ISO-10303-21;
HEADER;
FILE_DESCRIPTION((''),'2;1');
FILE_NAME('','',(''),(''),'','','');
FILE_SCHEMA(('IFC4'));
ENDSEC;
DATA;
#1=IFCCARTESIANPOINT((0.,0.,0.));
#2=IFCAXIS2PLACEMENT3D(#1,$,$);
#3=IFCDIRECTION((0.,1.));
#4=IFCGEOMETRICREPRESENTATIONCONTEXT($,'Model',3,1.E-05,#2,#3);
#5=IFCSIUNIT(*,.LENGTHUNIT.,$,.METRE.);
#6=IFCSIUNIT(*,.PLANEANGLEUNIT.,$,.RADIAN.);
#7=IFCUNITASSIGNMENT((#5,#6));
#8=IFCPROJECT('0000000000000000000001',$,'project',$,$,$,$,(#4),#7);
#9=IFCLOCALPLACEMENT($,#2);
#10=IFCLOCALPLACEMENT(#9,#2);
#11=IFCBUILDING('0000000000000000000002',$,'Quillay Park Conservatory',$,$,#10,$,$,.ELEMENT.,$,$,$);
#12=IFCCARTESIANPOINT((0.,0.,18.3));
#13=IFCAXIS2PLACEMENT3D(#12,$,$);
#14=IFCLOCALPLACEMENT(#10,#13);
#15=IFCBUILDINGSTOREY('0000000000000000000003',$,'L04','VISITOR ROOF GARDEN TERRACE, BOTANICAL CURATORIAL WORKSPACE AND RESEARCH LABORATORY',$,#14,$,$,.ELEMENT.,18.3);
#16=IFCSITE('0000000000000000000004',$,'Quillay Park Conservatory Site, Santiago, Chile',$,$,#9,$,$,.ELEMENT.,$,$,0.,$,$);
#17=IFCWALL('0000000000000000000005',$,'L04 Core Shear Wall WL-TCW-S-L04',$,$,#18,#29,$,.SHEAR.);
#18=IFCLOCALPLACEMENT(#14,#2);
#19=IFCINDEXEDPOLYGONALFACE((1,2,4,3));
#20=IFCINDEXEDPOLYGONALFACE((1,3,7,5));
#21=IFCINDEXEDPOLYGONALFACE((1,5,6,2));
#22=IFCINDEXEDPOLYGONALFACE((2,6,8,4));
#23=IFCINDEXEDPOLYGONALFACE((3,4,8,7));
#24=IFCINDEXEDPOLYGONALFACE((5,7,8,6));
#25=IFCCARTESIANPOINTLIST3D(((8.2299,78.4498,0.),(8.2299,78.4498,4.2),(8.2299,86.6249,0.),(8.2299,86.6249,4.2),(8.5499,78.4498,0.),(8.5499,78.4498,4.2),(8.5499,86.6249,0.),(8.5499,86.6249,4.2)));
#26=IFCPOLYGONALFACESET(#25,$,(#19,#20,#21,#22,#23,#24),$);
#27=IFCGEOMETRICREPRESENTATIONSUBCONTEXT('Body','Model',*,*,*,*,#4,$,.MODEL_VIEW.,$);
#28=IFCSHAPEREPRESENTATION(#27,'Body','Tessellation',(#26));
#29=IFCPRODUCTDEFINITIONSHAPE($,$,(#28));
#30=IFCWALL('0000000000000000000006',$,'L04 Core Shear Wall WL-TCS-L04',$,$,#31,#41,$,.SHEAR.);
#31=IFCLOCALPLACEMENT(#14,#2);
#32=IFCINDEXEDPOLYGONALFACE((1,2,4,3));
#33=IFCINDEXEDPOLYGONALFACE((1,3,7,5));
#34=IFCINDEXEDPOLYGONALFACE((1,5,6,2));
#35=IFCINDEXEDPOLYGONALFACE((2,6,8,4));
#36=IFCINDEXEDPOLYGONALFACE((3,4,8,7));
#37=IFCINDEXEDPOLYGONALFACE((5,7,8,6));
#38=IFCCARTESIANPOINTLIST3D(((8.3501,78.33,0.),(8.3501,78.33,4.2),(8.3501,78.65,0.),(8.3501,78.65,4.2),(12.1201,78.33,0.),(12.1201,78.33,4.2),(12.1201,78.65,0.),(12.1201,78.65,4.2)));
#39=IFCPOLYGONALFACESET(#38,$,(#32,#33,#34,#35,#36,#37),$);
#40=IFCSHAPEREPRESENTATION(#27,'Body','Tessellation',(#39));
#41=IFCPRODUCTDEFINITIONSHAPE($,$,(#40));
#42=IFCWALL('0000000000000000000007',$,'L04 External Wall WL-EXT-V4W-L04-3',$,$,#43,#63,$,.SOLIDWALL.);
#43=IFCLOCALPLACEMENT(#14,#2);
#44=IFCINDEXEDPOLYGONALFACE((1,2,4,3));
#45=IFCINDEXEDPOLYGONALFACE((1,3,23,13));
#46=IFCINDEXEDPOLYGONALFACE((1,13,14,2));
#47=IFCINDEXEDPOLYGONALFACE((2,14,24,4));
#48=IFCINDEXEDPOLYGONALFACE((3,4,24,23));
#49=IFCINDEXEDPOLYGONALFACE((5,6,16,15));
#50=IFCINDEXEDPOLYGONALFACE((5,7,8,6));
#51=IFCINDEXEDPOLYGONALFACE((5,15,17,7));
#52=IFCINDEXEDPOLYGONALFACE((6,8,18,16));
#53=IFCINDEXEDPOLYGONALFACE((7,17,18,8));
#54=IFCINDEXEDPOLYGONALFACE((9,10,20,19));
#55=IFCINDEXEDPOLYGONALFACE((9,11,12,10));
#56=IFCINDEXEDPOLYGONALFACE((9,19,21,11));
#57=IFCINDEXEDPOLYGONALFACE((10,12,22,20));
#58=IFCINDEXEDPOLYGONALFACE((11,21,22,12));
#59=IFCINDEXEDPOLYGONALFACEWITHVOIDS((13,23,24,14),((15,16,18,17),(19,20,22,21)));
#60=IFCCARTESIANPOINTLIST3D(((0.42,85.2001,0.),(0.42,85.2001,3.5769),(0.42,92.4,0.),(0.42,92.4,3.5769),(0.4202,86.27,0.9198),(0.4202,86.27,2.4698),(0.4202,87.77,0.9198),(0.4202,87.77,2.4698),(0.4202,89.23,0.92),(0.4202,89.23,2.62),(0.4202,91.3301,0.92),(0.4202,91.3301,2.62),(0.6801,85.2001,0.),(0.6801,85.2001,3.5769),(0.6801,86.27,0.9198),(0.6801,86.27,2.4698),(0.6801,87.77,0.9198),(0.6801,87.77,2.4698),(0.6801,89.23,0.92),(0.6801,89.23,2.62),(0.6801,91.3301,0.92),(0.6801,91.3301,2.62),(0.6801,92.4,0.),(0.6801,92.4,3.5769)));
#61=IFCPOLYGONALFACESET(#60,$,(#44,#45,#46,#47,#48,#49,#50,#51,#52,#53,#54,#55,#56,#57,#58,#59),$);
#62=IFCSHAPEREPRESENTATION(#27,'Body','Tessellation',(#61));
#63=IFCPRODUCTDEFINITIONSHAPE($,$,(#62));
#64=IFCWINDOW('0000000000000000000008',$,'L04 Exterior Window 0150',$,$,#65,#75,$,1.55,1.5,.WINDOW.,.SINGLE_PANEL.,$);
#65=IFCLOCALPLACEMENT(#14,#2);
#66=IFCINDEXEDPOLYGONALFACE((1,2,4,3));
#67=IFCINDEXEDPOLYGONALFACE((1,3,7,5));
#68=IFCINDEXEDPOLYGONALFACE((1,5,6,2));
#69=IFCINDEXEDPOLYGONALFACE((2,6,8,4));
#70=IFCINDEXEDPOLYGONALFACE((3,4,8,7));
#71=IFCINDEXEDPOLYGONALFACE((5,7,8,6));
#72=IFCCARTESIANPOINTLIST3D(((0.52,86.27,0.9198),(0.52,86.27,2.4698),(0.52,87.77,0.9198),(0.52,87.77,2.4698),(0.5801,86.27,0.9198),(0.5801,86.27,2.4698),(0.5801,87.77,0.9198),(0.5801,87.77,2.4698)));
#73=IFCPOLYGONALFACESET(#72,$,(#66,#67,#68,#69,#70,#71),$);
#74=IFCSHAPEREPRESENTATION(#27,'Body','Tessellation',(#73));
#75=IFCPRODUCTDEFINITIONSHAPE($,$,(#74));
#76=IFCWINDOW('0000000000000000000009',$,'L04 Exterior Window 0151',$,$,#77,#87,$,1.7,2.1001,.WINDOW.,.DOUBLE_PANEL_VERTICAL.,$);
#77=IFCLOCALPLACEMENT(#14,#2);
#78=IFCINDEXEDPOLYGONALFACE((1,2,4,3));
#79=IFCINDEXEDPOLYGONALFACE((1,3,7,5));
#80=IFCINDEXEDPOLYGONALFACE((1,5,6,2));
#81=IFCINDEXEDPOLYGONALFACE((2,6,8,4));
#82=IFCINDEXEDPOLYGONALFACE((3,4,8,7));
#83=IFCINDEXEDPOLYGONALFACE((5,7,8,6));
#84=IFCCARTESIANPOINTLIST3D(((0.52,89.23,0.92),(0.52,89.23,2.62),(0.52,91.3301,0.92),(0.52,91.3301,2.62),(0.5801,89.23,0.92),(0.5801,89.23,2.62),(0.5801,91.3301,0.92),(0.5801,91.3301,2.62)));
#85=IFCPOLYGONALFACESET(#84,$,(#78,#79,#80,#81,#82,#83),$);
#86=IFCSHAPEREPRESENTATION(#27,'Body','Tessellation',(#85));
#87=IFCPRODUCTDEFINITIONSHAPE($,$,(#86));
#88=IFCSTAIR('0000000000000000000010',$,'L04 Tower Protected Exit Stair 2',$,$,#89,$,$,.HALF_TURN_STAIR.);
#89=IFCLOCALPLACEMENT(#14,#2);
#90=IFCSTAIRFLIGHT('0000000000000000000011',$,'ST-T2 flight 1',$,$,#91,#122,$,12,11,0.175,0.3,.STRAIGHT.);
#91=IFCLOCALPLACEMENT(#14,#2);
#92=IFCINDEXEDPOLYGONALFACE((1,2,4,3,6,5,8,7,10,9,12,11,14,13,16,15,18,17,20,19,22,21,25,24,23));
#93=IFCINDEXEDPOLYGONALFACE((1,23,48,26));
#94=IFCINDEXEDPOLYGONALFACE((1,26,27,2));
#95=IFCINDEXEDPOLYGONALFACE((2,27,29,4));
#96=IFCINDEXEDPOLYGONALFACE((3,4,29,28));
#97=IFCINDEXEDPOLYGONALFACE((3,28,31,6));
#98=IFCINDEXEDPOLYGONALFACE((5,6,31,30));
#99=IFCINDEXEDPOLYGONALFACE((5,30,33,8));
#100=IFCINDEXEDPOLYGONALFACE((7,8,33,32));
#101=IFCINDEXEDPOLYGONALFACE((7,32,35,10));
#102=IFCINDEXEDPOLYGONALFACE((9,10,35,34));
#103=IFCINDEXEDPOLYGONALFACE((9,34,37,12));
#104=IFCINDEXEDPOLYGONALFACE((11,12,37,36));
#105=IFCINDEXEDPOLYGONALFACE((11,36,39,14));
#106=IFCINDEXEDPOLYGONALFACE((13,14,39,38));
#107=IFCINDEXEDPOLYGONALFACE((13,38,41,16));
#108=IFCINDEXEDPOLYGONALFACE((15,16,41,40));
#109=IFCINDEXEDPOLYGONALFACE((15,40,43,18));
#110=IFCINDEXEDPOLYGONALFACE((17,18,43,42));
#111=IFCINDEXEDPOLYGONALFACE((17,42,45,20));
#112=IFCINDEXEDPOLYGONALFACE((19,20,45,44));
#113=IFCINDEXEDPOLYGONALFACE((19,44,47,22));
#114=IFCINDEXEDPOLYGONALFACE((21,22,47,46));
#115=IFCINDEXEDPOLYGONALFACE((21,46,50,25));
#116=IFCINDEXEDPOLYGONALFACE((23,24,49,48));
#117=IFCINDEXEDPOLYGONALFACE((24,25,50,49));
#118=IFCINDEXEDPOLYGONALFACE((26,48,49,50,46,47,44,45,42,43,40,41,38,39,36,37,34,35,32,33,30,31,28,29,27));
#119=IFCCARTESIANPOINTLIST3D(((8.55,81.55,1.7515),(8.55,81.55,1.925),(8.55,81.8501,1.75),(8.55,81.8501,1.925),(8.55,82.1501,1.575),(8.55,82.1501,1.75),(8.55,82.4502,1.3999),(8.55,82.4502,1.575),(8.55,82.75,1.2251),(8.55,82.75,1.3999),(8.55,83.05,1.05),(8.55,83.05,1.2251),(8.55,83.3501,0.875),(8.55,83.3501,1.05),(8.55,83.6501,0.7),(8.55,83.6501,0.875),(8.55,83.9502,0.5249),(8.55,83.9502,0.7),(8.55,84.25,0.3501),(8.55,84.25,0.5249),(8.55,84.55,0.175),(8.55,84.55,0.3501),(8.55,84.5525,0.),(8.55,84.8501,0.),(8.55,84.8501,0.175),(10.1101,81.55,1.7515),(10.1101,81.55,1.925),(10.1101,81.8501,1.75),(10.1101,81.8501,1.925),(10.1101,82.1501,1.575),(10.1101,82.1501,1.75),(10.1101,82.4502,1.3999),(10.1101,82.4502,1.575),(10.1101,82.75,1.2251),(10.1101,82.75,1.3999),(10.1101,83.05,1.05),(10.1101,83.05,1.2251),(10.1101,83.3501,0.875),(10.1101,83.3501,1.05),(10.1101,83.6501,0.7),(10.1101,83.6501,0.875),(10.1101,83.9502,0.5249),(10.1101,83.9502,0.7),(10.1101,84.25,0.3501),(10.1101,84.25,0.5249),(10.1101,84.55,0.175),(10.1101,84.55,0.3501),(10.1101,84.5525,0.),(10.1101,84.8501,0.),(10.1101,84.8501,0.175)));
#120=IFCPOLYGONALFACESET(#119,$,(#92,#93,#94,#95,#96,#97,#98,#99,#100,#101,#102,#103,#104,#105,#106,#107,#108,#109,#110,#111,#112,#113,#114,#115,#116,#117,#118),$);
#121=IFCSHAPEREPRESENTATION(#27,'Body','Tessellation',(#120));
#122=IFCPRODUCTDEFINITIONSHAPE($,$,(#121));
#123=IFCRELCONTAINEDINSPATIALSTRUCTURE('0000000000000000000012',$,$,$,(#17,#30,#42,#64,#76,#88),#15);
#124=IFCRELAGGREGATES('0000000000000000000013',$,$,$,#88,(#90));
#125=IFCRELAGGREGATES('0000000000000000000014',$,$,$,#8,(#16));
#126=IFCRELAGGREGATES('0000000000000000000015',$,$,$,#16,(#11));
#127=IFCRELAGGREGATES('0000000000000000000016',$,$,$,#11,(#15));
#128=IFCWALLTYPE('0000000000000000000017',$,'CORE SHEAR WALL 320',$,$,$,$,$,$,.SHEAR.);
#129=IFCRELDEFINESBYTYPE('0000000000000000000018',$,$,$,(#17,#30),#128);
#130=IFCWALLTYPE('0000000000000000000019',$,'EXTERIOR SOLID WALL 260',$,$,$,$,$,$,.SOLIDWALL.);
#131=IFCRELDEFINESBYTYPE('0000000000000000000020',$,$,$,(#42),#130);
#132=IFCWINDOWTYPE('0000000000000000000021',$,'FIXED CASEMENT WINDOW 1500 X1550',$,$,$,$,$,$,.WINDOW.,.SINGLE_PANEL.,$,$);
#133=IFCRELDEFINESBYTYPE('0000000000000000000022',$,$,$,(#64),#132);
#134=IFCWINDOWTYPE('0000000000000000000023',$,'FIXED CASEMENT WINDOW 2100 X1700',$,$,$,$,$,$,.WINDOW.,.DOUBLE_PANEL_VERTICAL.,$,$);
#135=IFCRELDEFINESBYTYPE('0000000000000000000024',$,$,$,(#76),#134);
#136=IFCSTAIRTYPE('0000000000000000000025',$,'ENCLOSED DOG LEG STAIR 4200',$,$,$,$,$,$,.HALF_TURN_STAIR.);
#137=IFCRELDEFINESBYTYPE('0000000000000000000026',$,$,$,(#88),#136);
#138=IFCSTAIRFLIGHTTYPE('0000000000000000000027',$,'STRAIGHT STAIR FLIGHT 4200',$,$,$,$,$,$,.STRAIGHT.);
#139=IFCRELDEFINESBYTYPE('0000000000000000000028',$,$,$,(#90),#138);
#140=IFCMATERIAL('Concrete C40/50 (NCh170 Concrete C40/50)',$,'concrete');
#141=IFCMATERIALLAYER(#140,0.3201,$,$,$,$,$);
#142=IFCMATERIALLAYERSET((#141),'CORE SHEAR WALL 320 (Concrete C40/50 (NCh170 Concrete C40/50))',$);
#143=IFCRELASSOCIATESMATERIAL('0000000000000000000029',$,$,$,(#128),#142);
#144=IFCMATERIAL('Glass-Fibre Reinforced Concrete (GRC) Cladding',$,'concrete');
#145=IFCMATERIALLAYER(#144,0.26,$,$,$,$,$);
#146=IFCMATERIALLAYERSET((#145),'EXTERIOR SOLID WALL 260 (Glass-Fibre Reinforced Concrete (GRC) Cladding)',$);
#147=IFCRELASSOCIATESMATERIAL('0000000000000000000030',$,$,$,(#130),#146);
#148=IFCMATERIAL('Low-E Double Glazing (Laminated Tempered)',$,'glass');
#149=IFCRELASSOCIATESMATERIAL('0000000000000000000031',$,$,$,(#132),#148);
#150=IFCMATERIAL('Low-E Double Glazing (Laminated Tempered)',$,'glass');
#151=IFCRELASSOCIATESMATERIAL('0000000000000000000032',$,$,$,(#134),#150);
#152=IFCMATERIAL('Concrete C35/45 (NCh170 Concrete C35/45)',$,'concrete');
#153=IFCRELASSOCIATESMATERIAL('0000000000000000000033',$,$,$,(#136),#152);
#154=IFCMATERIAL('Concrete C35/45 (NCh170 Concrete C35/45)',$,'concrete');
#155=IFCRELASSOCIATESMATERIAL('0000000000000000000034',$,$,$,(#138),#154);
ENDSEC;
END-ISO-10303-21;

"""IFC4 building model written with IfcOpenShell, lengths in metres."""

from ifc_helpers import new_model, si_unit, direction, frame, frame_2d, origin, place, context, subcontext, project, spatial, polyline, rectangle, outline, extrude, material, layer, layer_set, type_object, element, fill, aggregate, save


model = new_model("IFC4")

# Units and contexts
model_context = context("Model", 3, precision=1e-05, world=origin(), true_north=direction((0.0, 1.0)))
body_context = subcontext(model_context, "Body", "Model", "MODEL_VIEW")
ifc_project = project(units=[si_unit("LENGTHUNIT", "METRE"), si_unit("PLANEANGLEUNIT", "RADIAN")], contexts=[model_context])

# Site, building, storey
site_placement = place(None, origin())
site = spatial("IfcSite", under=ifc_project, at=site_placement, Name="Quillay Park Conservatory Site, Santiago, Chile", CompositionType="ELEMENT", RefElevation=0.0)
building_placement = place(site_placement, origin())
building = spatial("IfcBuilding", under=site, at=building_placement, Name="Quillay Park Conservatory", CompositionType="ELEMENT")
storey_placement = place(building_placement, frame((0.0, 0.0, 18.3)))
storey = spatial("IfcBuildingStorey", under=building, at=storey_placement, Name="L04", Description="VISITOR ROOF GARDEN TERRACE, BOTANICAL CURATORIAL WORKSPACE AND RESEARCH LABORATORY", CompositionType="ELEMENT", Elevation=18.3)

# Walls
ifc_material_1 = material(Name="Concrete C40/50 (NCh170 Concrete C40/50)", Category="concrete")
ifc_layer_1 = layer(ifc_material_1, 0.3201)
ifc_layer_set_1 = layer_set([ifc_layer_1], Name="CORE SHEAR WALL 320 (Concrete C40/50 (NCh170 Concrete C40/50))")
wall_type_1 = type_object("IfcWallType", Name="CORE SHEAR WALL 320", PredefinedType="SHEAR", material=ifc_layer_set_1)
wall_1_placement = place(storey_placement, frame((8.3899, 78.45, 0.0), z_axis=(0.0, 0.0, 1.0), x_axis=(0.0, 1.0, 0.0)))
element("IfcWall", 1, at=wall_1_placement, inside=storey, type_object=wall_type_1, Name="L04 Core Shear Wall WL-TCW-S-L04", PredefinedType="SHEAR", context=body_context, shape_type="SweptSolid", body=[
    extrude(rectangle(XDim=8.175, YDim=0.3201, at=frame_2d((4.0874, 0.0))), origin(), (0.0, 0.0, 1.0), 4.2),
])
wall_2_placement = place(storey_placement, frame((8.3501, 78.49, 0.0), z_axis=(0.0, 0.0, 1.0), x_axis=(1.0, 0.0, 0.0)))
element("IfcWall", 2, at=wall_2_placement, inside=storey, type_object=wall_type_1, Name="L04 Core Shear Wall WL-TCS-L04", PredefinedType="SHEAR", context=body_context, shape_type="SweptSolid", body=[
    extrude(rectangle(XDim=3.77, YDim=0.3201, at=frame_2d((1.885, 0.0))), origin(), (0.0, 0.0, 1.0), 4.2),
])

# Wall, openings, windows
ifc_material_2 = material(Name="Glass-Fibre Reinforced Concrete (GRC) Cladding", Category="concrete")
ifc_layer_2 = layer(ifc_material_2, 0.26)
ifc_layer_set_2 = layer_set([ifc_layer_2], Name="EXTERIOR SOLID WALL 260 (Glass-Fibre Reinforced Concrete (GRC) Cladding)")
wall_type_2 = type_object("IfcWallType", Name="EXTERIOR SOLID WALL 260", PredefinedType="SOLIDWALL", material=ifc_layer_set_2)
wall_3_placement = place(storey_placement, frame((0.55, 85.2, 0.0), z_axis=(0.0, 0.0, 1.0), x_axis=(0.0, 1.0, 0.0)))
wall_3 = element("IfcWall", 3, at=wall_3_placement, inside=storey, type_object=wall_type_2, Name="L04 External Wall WL-EXT-V4W-L04-3", PredefinedType="SOLIDWALL", context=body_context, shape_type="SweptSolid", body=[
    extrude(rectangle(XDim=7.2, YDim=0.26, at=frame_2d((3.6001, 0.0))), origin(), (0.0, 0.0, 1.0), 3.5769),
])
opening_1_placement = place(wall_3_placement, frame((1.0701, 0.0, 0.9199)))
opening_1 = element("IfcOpeningElement", 4, at=opening_1_placement, cuts=wall_3, PredefinedType="OPENING", context=body_context, shape_type="SweptSolid", body=[
    extrude(rectangle(XDim=1.5, YDim=1.55, at=frame_2d((0.75, 0.7749))), frame((0.0, 0.1299, 0.0), z_axis=(0.0, -1.0, 0.0), x_axis=(1.0, 0.0, 0.0)), (0.0, 0.0, 1.0), 0.26),
])
opening_2_placement = place(wall_3_placement, frame((4.03, 0.0, 0.9199)))
opening_2 = element("IfcOpeningElement", 5, at=opening_2_placement, cuts=wall_3, PredefinedType="OPENING", context=body_context, shape_type="SweptSolid", body=[
    extrude(rectangle(XDim=2.1001, YDim=1.7, at=frame_2d((1.05, 0.8501))), frame((0.0, 0.1299, 0.0), z_axis=(0.0, -1.0, 0.0), x_axis=(1.0, 0.0, 0.0)), (0.0, 0.0, 1.0), 0.26),
])
ifc_material_3 = material(Name="Low-E Double Glazing (Laminated Tempered)", Category="glass")
window_type_1 = type_object("IfcWindowType", Name="FIXED CASEMENT WINDOW 1500 X1550", PartitioningType="SINGLE_PANEL", PredefinedType="WINDOW", material=ifc_material_3)
window_1_placement = place(opening_1_placement, origin())
window_1 = element("IfcWindow", 6, at=window_1_placement, inside=storey, type_object=window_type_1, Name="L04 Exterior Window 0150", OverallHeight=1.55, OverallWidth=1.5, PartitioningType="SINGLE_PANEL", PredefinedType="WINDOW", context=body_context, shape_type="SweptSolid", body=[
    extrude(rectangle(XDim=1.5, YDim=1.55, at=frame_2d((0.75, 0.7749))), frame((0.0, 0.03, 0.0), z_axis=(0.0, -1.0, 0.0), x_axis=(1.0, 0.0, 0.0)), (0.0, 0.0, 1.0), 0.0601),
])
fill(opening_1, window_1)
ifc_material_4 = material(Name="Low-E Double Glazing (Laminated Tempered)", Category="glass")
window_type_2 = type_object("IfcWindowType", Name="FIXED CASEMENT WINDOW 2100 X1700", PartitioningType="DOUBLE_PANEL_VERTICAL", PredefinedType="WINDOW", material=ifc_material_4)
window_2_placement = place(opening_2_placement, origin())
window_2 = element("IfcWindow", 7, at=window_2_placement, inside=storey, type_object=window_type_2, Name="L04 Exterior Window 0151", OverallHeight=1.7, OverallWidth=2.1001, PartitioningType="DOUBLE_PANEL_VERTICAL", PredefinedType="WINDOW", context=body_context, shape_type="SweptSolid", body=[
    extrude(rectangle(XDim=2.1001, YDim=1.7, at=frame_2d((1.05, 0.8501))), frame((0.0, 0.03, 0.0), z_axis=(0.0, -1.0, 0.0), x_axis=(1.0, 0.0, 0.0)), (0.0, 0.0, 1.0), 0.0601),
])
fill(opening_2, window_2)

# Stair, stair flight
ifc_material_5 = material(Name="Concrete C35/45 (NCh170 Concrete C35/45)", Category="concrete")
stair_type = type_object("IfcStairType", Name="ENCLOSED DOG LEG STAIR 4200", PredefinedType="HALF_TURN_STAIR", material=ifc_material_5)
stair_placement = place(storey_placement, origin())
stair = element("IfcStair", 8, at=stair_placement, inside=storey, type_object=stair_type, Name="L04 Tower Protected Exit Stair 2", PredefinedType="HALF_TURN_STAIR")
ifc_material_6 = material(Name="Concrete C35/45 (NCh170 Concrete C35/45)", Category="concrete")
stair_flight_type = type_object("IfcStairFlightType", Name="STRAIGHT STAIR FLIGHT 4200", PredefinedType="STRAIGHT", material=ifc_material_6)
stair_flight_placement = place(storey_placement, frame((9.3301, 84.8501, 0.0), z_axis=(0.0, 0.0, 1.0), x_axis=(0.0, -1.0, 0.0)))
stair_flight = element("IfcStairFlight", 9, at=stair_flight_placement, type_object=stair_flight_type, Name="ST-T2 flight 1", NumberOfRisers=12, NumberOfTreads=11, PredefinedType="STRAIGHT", RiserHeight=0.175, TreadLength=0.3, context=body_context, shape_type="SweptSolid", body=[
    extrude(outline(polyline([(0.0, 0.0), (0.0, 0.175), (0.3, 0.175), (0.3, 0.3501), (0.6001, 0.3501), (0.6001, 0.5249), (0.8999, 0.5249), (0.8999, 0.7), (1.2, 0.7), (1.2, 0.875), (1.5, 0.875), (1.5, 1.05), (1.8, 1.05), (1.8, 1.2251), (2.1001, 1.2251), (2.1001, 1.3999), (2.3999, 1.3999), (2.3999, 1.575), (2.7, 1.575), (2.7, 1.75), (3.0, 1.75), (3.0, 1.925), (3.3, 1.925), (3.3, 2.1001), (3.3, 1.7515), (0.2976, 0.0), (0.0, 0.0)])), frame((0.0, 0.78, 0.0), z_axis=(0.0, -1.0, 0.0), x_axis=(1.0, 0.0, 0.0)), (0.0, 0.0, 1.0), 1.5601),
])
aggregate(stair, [stair_flight])

save(model, "model.ifc")
